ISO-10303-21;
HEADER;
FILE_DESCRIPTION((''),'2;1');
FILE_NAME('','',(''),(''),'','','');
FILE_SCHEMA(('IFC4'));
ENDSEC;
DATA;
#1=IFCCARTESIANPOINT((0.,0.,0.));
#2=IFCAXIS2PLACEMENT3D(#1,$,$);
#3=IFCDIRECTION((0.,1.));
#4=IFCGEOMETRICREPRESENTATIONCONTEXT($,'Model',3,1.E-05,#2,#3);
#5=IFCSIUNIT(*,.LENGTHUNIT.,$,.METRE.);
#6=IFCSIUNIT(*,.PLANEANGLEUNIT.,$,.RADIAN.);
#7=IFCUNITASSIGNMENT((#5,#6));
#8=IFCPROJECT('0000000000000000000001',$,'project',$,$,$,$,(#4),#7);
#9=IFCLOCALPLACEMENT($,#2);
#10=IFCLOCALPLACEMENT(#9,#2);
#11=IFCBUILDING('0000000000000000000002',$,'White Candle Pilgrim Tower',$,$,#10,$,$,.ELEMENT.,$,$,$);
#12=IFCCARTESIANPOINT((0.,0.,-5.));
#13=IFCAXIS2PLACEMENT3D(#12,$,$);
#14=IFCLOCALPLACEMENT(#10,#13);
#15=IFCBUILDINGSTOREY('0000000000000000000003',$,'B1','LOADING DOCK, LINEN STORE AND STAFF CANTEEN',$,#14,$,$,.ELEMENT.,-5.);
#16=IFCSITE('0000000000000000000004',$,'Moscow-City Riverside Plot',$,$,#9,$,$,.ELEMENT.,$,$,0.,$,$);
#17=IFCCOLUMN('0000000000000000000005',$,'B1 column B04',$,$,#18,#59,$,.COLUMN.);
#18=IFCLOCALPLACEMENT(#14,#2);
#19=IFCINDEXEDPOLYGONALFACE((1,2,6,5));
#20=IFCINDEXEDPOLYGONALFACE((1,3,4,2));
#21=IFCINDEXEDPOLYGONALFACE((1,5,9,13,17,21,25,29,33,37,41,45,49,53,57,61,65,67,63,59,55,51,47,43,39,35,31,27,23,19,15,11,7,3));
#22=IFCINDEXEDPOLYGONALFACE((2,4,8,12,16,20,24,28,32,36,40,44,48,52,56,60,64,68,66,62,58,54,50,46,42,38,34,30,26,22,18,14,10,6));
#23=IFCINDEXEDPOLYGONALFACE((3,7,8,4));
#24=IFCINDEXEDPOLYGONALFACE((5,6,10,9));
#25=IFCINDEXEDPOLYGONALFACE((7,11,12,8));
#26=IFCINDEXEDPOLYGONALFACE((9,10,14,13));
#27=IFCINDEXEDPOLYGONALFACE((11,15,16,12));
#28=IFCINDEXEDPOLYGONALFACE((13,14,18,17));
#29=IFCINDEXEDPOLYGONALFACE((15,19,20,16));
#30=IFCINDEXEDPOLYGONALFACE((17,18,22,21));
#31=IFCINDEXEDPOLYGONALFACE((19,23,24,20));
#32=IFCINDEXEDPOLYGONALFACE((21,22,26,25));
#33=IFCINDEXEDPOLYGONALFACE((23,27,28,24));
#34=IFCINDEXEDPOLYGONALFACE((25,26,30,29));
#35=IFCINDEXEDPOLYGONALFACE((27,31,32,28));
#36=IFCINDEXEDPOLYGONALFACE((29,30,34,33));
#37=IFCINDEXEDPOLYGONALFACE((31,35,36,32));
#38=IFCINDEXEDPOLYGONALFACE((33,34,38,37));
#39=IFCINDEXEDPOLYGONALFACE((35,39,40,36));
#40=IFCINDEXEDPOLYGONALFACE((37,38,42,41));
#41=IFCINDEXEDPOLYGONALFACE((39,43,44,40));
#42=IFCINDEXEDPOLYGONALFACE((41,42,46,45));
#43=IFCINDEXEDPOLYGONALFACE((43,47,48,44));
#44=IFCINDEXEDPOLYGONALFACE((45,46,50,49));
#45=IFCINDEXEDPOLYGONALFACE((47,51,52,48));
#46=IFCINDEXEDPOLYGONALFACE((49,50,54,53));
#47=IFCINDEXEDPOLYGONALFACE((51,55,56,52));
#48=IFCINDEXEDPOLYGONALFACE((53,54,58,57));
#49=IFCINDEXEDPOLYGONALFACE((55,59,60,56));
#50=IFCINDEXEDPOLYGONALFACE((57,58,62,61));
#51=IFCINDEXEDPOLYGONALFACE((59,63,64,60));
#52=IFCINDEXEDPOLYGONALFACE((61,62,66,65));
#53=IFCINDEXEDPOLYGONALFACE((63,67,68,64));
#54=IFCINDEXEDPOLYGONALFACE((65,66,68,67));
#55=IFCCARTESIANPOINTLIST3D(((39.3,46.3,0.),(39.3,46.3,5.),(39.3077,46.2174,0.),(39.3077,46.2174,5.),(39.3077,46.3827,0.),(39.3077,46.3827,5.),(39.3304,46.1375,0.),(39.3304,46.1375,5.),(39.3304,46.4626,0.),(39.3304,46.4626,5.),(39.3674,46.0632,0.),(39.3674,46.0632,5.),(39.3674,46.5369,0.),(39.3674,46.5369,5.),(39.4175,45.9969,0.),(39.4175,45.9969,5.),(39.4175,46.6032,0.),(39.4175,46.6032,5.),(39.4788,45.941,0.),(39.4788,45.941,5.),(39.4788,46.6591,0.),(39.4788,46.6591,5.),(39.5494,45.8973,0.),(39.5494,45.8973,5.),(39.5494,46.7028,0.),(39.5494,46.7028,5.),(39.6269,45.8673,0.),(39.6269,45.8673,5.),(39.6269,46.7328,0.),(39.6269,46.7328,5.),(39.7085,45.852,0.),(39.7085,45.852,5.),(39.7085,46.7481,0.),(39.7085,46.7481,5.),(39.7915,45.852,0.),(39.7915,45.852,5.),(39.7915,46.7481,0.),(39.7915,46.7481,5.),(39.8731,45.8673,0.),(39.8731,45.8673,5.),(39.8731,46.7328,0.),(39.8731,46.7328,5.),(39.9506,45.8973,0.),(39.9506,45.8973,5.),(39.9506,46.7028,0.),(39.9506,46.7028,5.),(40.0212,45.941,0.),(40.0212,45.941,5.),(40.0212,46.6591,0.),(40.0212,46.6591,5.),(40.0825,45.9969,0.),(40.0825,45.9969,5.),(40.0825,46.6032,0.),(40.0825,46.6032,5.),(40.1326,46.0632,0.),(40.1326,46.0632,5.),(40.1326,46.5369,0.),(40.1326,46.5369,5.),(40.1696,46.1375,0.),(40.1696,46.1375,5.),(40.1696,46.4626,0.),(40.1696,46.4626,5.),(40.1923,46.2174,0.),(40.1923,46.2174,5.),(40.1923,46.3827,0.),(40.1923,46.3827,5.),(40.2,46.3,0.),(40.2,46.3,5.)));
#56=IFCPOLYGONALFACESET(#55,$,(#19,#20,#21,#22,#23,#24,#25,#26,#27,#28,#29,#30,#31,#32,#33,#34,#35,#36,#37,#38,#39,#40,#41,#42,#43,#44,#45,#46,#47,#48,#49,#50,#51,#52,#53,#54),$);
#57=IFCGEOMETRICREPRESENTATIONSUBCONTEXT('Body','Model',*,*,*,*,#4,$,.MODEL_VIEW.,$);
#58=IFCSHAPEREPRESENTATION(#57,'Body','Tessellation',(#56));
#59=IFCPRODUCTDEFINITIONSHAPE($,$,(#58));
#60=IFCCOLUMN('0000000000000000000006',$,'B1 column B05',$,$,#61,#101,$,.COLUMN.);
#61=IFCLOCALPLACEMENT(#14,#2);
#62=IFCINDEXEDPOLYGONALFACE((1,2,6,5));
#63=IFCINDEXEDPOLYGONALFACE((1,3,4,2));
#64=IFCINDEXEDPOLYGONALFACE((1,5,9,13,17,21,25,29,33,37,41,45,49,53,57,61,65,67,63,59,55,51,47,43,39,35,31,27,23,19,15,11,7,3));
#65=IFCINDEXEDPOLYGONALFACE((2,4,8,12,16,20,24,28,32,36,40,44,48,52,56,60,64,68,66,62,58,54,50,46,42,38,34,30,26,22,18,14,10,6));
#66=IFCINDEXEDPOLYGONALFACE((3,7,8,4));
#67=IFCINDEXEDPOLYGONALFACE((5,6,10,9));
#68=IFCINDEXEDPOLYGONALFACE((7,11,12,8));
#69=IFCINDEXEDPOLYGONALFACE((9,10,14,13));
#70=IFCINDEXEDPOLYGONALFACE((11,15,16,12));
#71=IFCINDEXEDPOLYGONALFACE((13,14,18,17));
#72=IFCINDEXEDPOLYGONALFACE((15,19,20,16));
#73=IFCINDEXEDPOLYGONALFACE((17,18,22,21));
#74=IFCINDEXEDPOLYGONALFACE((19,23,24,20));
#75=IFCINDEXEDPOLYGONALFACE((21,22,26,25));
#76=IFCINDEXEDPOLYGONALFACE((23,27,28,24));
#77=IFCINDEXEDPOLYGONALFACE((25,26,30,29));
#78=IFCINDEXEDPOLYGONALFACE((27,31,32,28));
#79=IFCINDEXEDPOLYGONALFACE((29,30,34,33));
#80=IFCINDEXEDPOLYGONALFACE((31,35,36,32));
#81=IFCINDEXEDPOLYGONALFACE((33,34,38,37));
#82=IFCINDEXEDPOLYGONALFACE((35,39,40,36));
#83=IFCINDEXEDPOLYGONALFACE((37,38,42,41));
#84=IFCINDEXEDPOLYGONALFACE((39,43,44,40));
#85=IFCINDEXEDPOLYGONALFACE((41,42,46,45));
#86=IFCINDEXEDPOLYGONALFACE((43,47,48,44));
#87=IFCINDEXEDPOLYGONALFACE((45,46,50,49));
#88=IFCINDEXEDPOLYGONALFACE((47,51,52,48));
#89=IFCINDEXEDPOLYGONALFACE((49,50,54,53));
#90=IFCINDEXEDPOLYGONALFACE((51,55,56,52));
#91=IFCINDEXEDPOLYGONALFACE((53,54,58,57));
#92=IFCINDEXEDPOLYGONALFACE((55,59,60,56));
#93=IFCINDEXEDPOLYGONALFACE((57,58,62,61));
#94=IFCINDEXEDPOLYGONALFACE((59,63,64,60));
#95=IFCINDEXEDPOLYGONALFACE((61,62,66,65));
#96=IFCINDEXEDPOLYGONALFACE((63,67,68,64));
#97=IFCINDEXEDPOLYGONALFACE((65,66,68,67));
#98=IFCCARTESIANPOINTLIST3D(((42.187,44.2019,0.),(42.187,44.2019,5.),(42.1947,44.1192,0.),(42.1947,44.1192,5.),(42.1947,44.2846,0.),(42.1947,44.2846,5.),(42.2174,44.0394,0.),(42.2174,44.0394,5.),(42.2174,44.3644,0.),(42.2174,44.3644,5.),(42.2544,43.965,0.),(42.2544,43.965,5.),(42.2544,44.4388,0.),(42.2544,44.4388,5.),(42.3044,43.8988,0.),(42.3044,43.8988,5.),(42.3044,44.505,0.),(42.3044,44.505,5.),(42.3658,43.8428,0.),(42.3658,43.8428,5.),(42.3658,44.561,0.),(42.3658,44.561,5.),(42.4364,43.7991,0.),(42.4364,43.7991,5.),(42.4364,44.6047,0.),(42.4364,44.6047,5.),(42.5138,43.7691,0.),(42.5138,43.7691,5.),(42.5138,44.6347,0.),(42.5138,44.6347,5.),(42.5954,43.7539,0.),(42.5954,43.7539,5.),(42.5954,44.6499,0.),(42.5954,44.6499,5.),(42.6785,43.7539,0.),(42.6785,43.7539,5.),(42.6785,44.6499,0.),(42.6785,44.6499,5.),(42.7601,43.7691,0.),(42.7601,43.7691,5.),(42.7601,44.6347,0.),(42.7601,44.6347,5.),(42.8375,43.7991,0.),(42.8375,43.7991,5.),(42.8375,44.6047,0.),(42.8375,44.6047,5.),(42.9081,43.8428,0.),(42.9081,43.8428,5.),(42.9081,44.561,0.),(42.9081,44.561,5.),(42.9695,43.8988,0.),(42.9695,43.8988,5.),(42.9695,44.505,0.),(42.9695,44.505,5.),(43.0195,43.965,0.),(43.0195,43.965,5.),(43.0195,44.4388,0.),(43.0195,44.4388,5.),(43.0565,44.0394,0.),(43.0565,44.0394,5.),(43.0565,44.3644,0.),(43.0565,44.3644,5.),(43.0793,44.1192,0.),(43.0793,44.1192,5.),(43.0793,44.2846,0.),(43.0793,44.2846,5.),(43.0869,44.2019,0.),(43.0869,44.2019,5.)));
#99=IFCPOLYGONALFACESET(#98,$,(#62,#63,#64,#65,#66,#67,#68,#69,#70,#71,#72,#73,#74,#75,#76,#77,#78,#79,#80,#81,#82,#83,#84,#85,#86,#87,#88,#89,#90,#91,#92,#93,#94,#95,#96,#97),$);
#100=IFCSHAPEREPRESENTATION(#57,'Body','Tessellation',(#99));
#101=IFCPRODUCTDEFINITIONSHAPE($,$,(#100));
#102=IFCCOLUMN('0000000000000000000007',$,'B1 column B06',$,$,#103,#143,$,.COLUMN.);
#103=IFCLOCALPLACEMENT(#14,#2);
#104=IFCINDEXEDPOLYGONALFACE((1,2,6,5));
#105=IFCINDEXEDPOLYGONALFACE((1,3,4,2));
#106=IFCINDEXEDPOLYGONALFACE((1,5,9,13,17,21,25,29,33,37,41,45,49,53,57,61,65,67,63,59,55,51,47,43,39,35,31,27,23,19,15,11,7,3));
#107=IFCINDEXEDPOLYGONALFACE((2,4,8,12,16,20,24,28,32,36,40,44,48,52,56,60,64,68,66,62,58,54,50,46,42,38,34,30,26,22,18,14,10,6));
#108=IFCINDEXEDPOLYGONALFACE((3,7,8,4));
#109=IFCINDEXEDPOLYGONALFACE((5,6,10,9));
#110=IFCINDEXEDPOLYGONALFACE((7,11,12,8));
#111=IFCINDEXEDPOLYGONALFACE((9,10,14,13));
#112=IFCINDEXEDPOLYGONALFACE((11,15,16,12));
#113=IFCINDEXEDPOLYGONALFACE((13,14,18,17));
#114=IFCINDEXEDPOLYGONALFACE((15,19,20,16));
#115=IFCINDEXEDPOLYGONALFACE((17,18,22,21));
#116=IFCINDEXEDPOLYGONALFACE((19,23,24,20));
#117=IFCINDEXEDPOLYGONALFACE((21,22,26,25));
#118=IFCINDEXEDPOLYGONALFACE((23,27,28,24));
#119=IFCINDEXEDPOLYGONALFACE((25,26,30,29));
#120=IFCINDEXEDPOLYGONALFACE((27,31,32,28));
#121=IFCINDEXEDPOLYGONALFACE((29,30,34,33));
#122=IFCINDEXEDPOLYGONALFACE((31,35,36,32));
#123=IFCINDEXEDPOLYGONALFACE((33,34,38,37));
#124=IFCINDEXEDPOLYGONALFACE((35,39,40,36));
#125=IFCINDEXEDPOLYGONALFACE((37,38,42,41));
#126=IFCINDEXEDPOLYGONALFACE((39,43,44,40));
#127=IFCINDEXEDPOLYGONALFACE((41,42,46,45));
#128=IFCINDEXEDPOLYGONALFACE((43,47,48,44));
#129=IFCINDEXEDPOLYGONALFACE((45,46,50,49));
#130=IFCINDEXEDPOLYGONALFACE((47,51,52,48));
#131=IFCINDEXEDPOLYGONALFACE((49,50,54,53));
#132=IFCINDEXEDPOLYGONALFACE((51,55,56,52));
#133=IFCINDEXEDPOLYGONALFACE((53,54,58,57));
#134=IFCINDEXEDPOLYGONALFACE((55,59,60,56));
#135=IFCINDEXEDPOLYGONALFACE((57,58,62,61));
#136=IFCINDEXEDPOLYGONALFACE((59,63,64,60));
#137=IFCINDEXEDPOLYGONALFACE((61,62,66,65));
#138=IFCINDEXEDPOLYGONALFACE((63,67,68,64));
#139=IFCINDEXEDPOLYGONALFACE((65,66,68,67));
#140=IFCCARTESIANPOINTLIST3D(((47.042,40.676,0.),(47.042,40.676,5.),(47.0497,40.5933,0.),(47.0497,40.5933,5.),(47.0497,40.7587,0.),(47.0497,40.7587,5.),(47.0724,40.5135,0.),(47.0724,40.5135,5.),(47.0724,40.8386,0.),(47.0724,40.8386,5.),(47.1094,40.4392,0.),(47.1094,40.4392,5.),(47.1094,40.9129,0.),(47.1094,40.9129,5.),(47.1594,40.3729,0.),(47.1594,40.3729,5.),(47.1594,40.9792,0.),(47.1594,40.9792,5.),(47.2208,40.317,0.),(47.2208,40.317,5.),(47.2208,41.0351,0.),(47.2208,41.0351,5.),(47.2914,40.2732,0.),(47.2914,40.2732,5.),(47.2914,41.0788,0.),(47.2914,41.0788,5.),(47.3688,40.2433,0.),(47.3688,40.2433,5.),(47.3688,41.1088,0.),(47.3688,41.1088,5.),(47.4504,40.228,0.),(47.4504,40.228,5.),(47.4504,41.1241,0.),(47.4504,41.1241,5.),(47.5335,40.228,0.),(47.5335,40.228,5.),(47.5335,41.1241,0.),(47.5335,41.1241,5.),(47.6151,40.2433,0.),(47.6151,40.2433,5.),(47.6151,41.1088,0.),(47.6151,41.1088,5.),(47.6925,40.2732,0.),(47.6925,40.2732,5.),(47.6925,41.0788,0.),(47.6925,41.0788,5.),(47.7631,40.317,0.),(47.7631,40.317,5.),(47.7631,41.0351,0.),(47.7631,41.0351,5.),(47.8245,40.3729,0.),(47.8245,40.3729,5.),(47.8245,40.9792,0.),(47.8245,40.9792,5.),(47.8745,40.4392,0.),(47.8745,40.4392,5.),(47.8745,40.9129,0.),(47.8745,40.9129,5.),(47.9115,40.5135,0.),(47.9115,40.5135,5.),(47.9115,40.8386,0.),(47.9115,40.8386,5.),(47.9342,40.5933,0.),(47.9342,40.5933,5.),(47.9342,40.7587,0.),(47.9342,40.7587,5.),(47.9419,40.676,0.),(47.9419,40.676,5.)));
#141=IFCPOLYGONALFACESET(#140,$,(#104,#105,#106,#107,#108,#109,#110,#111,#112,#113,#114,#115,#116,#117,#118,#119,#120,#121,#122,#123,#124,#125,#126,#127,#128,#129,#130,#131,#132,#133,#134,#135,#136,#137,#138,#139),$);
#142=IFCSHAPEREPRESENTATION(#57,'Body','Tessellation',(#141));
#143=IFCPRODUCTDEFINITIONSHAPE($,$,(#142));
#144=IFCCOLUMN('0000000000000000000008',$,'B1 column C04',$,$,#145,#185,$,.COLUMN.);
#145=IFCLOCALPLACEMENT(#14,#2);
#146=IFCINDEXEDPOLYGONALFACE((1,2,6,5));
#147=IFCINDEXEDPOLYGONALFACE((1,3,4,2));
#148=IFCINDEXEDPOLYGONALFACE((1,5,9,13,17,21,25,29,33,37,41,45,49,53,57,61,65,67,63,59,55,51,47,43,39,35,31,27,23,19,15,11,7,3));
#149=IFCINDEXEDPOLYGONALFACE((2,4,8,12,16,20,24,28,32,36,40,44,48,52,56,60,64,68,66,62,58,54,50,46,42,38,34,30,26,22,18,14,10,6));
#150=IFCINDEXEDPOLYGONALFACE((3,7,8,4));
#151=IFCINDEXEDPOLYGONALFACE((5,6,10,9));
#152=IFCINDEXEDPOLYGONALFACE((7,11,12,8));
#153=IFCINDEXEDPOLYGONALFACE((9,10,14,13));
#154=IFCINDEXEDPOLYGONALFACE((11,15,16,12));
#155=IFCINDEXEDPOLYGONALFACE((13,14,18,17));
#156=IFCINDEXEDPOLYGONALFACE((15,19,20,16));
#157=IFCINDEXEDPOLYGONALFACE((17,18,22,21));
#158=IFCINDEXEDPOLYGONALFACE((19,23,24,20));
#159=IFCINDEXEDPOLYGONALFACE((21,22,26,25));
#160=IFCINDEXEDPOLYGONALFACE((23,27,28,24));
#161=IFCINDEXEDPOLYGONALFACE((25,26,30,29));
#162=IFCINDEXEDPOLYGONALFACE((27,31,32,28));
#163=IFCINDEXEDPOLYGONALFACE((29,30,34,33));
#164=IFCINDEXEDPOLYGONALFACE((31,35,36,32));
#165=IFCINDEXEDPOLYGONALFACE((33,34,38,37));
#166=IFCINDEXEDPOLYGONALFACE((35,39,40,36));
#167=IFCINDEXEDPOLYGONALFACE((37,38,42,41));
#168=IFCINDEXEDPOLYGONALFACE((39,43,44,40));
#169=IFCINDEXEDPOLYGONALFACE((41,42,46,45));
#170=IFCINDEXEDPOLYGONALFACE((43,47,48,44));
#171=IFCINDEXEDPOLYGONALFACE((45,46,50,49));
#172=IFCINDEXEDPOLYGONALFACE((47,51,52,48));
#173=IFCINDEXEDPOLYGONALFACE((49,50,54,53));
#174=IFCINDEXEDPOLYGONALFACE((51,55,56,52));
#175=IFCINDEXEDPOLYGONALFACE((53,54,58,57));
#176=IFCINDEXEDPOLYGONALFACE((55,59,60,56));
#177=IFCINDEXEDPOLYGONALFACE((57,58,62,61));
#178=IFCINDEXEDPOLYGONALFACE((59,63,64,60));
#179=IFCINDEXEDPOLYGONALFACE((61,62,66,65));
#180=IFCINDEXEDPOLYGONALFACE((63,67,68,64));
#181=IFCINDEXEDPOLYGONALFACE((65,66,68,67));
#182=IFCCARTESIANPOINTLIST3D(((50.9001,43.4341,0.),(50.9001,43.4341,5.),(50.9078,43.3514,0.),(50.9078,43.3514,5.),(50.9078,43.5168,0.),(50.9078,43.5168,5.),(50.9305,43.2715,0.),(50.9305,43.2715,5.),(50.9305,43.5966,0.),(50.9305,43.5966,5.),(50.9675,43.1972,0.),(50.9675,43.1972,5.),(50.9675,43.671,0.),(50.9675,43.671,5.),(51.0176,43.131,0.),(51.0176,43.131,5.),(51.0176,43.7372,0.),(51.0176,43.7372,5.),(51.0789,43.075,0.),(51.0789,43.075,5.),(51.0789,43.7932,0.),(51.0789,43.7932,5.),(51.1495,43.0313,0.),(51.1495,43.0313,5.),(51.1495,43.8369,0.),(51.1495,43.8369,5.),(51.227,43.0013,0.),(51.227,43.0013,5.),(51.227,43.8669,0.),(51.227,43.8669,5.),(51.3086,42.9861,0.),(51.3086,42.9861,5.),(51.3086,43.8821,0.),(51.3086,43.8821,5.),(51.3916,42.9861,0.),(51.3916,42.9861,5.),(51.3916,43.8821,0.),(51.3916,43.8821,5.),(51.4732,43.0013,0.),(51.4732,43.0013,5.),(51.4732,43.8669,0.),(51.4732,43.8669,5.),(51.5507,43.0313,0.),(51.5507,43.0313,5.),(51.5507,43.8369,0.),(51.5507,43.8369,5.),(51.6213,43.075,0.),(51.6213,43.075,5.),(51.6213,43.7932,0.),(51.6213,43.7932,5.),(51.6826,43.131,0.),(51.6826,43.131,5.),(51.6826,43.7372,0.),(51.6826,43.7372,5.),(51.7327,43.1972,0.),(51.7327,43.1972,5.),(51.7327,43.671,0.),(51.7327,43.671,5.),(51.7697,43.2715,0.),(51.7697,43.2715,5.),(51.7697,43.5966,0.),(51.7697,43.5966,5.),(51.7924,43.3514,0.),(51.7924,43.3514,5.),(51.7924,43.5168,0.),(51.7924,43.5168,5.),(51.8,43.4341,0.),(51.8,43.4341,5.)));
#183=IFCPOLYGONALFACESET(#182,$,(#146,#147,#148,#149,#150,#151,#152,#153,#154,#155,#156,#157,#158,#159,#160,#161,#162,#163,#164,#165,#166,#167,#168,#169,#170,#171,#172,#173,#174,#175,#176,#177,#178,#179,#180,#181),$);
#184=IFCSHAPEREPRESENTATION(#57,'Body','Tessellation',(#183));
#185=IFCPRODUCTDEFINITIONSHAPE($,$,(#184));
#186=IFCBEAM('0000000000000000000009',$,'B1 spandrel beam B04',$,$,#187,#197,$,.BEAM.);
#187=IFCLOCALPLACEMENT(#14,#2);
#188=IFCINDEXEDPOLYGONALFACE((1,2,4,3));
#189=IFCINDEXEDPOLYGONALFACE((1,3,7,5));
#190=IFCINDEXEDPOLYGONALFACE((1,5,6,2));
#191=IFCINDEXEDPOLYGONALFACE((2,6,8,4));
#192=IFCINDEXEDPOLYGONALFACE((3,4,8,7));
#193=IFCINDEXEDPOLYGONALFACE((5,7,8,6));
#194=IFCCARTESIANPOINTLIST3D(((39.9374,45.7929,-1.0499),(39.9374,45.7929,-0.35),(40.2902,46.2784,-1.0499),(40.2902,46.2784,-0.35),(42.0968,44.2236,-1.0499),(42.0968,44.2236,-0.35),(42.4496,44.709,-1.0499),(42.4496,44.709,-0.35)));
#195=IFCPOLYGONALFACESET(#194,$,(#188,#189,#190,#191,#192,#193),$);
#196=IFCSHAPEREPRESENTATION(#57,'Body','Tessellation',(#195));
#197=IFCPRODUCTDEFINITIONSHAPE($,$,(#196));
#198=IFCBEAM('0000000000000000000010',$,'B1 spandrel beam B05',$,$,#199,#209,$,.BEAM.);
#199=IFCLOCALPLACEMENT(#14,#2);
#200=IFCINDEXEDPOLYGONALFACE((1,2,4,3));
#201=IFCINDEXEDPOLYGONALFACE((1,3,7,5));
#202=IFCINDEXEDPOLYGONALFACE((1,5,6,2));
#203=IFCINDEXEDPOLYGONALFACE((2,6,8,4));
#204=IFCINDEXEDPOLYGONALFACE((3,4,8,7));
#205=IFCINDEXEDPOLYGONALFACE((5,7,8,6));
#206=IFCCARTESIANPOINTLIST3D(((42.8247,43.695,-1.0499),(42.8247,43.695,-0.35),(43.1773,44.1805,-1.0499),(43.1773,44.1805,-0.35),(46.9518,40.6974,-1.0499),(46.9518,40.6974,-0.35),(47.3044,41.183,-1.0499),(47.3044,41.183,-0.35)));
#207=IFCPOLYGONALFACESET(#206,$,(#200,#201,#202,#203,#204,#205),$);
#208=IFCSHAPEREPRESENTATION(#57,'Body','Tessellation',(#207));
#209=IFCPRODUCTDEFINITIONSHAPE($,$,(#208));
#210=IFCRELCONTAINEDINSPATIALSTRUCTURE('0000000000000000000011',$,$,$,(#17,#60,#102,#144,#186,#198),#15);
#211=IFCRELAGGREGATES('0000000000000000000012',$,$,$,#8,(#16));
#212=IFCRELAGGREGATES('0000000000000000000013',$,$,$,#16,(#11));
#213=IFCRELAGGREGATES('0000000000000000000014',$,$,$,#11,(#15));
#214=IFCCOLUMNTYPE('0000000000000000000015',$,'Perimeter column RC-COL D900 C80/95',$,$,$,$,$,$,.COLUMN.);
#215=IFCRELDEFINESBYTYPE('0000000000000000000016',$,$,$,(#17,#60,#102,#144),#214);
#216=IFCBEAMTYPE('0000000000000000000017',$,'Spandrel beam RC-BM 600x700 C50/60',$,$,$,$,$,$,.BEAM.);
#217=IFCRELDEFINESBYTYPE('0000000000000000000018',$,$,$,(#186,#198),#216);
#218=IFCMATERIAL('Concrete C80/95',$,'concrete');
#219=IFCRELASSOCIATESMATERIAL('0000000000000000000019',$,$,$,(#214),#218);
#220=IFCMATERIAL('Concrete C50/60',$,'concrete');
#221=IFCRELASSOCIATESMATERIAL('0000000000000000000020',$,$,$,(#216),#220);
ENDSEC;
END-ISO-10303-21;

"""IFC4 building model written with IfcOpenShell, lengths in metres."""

from ifc_helpers import new_model, si_unit, direction, frame, origin, origin_2d, place, context, subcontext, project, spatial, rectangle, circle, extrude, material, material_profile, profile_set, type_object, element, save


model = new_model("IFC4")

# Units and contexts
model_context = context("Model", 3, precision=1e-05, world=origin(), true_north=direction((0.0, 1.0)))
body_context = subcontext(model_context, "Body", "Model", "MODEL_VIEW")
ifc_project = project(units=[si_unit("LENGTHUNIT", "METRE"), si_unit("PLANEANGLEUNIT", "RADIAN")], contexts=[model_context])

# Site, building, storey
site_placement = place(None, origin())
site = spatial("IfcSite", under=ifc_project, at=site_placement, Name="Moscow-City Riverside Plot", CompositionType="ELEMENT", RefElevation=0.0)
building_placement = place(site_placement, origin())
building = spatial("IfcBuilding", under=site, at=building_placement, Name="White Candle Pilgrim Tower", CompositionType="ELEMENT")
storey_placement = place(building_placement, frame((0.0, 0.0, -5.0)))
storey = spatial("IfcBuildingStorey", under=building, at=storey_placement, Name="B1", Description="LOADING DOCK, LINEN STORE AND STAFF CANTEEN", CompositionType="ELEMENT", Elevation=-5.0)

# Columns
ifc_material_1 = material(Name="Concrete C80/95", Category="concrete")
ifc_material_profile_1 = material_profile(ifc_material_1, circle(Radius=0.45, at=origin_2d()), Name="RC-COL D900")
ifc_profile_set_1 = profile_set([ifc_material_profile_1], Name="Concrete C80/95")
column_type = type_object("IfcColumnType", Name="Perimeter column RC-COL D900 C80/95", PredefinedType="COLUMN", material=ifc_profile_set_1)
for number, where, z_axis, x_axis, name in (
    (1, (39.75, 46.3, 0.0), (0.0, 0.0, 1.0), (1.0, 0.0, 0.0), "B1 column B04"),
    (2, (42.637, 44.2019, 0.0), (0.0, 0.0, 1.0), (1.0, 0.0, 0.0), "B1 column B05"),
    (3, (47.4919, 40.676, 0.0), (0.0, 0.0, 1.0), (1.0, 0.0, 0.0), "B1 column B06"),
    (4, (51.3501, 43.4341, 0.0), (0.0, 0.0, 1.0), (1.0, 0.0, 0.0), "B1 column C04"),
):
    element("IfcColumn", number, at=place(storey_placement, frame(where, z_axis=z_axis, x_axis=x_axis)), inside=storey, type_object=column_type, Name=name, PredefinedType="COLUMN", context=body_context, shape_type="SweptSolid", body=[
        extrude(circle(Radius=0.45, at=origin_2d()), origin(), (0.0, 0.0, 1.0), 5.0),
    ])

# Beams
ifc_material_2 = material(Name="Concrete C50/60", Category="concrete")
ifc_material_profile_2 = material_profile(ifc_material_2, rectangle(XDim=0.6001, YDim=0.7, at=origin_2d()), Name="RC-BM 600x700")
ifc_profile_set_2 = profile_set([ifc_material_profile_2], Name="Concrete C50/60")
beam_type = type_object("IfcBeamType", Name="Spandrel beam RC-BM 600x700 C50/60", PredefinedType="BEAM", material=ifc_profile_set_2)
beam_1_placement = place(storey_placement, frame((40.1138, 46.0356, -0.7), z_axis=(0.808942, -0.587889, 0.0), x_axis=(0.587889, 0.808942, 0.0)))
element("IfcBeam", 5, at=beam_1_placement, inside=storey, type_object=beam_type, Name="B1 spandrel beam B04", PredefinedType="BEAM", context=body_context, shape_type="SweptSolid", body=[
    extrude(rectangle(XDim=0.6001, YDim=0.7, at=origin_2d()), origin(), (0.0, 0.0, 1.0), 2.6694),
])
beam_2_placement = place(storey_placement, frame((43.001, 43.9377, -0.7), z_axis=(0.809113, -0.587654, 0.0), x_axis=(0.587654, 0.809113, 0.0)))
element("IfcBeam", 6, at=beam_2_placement, inside=storey, type_object=beam_type, Name="B1 spandrel beam B05", PredefinedType="BEAM", context=body_context, shape_type="SweptSolid", body=[
    extrude(rectangle(XDim=0.6001, YDim=0.7, at=origin_2d()), origin(), (0.0, 0.0, 1.0), 5.1008),
])

save(model, "model.ifc")
